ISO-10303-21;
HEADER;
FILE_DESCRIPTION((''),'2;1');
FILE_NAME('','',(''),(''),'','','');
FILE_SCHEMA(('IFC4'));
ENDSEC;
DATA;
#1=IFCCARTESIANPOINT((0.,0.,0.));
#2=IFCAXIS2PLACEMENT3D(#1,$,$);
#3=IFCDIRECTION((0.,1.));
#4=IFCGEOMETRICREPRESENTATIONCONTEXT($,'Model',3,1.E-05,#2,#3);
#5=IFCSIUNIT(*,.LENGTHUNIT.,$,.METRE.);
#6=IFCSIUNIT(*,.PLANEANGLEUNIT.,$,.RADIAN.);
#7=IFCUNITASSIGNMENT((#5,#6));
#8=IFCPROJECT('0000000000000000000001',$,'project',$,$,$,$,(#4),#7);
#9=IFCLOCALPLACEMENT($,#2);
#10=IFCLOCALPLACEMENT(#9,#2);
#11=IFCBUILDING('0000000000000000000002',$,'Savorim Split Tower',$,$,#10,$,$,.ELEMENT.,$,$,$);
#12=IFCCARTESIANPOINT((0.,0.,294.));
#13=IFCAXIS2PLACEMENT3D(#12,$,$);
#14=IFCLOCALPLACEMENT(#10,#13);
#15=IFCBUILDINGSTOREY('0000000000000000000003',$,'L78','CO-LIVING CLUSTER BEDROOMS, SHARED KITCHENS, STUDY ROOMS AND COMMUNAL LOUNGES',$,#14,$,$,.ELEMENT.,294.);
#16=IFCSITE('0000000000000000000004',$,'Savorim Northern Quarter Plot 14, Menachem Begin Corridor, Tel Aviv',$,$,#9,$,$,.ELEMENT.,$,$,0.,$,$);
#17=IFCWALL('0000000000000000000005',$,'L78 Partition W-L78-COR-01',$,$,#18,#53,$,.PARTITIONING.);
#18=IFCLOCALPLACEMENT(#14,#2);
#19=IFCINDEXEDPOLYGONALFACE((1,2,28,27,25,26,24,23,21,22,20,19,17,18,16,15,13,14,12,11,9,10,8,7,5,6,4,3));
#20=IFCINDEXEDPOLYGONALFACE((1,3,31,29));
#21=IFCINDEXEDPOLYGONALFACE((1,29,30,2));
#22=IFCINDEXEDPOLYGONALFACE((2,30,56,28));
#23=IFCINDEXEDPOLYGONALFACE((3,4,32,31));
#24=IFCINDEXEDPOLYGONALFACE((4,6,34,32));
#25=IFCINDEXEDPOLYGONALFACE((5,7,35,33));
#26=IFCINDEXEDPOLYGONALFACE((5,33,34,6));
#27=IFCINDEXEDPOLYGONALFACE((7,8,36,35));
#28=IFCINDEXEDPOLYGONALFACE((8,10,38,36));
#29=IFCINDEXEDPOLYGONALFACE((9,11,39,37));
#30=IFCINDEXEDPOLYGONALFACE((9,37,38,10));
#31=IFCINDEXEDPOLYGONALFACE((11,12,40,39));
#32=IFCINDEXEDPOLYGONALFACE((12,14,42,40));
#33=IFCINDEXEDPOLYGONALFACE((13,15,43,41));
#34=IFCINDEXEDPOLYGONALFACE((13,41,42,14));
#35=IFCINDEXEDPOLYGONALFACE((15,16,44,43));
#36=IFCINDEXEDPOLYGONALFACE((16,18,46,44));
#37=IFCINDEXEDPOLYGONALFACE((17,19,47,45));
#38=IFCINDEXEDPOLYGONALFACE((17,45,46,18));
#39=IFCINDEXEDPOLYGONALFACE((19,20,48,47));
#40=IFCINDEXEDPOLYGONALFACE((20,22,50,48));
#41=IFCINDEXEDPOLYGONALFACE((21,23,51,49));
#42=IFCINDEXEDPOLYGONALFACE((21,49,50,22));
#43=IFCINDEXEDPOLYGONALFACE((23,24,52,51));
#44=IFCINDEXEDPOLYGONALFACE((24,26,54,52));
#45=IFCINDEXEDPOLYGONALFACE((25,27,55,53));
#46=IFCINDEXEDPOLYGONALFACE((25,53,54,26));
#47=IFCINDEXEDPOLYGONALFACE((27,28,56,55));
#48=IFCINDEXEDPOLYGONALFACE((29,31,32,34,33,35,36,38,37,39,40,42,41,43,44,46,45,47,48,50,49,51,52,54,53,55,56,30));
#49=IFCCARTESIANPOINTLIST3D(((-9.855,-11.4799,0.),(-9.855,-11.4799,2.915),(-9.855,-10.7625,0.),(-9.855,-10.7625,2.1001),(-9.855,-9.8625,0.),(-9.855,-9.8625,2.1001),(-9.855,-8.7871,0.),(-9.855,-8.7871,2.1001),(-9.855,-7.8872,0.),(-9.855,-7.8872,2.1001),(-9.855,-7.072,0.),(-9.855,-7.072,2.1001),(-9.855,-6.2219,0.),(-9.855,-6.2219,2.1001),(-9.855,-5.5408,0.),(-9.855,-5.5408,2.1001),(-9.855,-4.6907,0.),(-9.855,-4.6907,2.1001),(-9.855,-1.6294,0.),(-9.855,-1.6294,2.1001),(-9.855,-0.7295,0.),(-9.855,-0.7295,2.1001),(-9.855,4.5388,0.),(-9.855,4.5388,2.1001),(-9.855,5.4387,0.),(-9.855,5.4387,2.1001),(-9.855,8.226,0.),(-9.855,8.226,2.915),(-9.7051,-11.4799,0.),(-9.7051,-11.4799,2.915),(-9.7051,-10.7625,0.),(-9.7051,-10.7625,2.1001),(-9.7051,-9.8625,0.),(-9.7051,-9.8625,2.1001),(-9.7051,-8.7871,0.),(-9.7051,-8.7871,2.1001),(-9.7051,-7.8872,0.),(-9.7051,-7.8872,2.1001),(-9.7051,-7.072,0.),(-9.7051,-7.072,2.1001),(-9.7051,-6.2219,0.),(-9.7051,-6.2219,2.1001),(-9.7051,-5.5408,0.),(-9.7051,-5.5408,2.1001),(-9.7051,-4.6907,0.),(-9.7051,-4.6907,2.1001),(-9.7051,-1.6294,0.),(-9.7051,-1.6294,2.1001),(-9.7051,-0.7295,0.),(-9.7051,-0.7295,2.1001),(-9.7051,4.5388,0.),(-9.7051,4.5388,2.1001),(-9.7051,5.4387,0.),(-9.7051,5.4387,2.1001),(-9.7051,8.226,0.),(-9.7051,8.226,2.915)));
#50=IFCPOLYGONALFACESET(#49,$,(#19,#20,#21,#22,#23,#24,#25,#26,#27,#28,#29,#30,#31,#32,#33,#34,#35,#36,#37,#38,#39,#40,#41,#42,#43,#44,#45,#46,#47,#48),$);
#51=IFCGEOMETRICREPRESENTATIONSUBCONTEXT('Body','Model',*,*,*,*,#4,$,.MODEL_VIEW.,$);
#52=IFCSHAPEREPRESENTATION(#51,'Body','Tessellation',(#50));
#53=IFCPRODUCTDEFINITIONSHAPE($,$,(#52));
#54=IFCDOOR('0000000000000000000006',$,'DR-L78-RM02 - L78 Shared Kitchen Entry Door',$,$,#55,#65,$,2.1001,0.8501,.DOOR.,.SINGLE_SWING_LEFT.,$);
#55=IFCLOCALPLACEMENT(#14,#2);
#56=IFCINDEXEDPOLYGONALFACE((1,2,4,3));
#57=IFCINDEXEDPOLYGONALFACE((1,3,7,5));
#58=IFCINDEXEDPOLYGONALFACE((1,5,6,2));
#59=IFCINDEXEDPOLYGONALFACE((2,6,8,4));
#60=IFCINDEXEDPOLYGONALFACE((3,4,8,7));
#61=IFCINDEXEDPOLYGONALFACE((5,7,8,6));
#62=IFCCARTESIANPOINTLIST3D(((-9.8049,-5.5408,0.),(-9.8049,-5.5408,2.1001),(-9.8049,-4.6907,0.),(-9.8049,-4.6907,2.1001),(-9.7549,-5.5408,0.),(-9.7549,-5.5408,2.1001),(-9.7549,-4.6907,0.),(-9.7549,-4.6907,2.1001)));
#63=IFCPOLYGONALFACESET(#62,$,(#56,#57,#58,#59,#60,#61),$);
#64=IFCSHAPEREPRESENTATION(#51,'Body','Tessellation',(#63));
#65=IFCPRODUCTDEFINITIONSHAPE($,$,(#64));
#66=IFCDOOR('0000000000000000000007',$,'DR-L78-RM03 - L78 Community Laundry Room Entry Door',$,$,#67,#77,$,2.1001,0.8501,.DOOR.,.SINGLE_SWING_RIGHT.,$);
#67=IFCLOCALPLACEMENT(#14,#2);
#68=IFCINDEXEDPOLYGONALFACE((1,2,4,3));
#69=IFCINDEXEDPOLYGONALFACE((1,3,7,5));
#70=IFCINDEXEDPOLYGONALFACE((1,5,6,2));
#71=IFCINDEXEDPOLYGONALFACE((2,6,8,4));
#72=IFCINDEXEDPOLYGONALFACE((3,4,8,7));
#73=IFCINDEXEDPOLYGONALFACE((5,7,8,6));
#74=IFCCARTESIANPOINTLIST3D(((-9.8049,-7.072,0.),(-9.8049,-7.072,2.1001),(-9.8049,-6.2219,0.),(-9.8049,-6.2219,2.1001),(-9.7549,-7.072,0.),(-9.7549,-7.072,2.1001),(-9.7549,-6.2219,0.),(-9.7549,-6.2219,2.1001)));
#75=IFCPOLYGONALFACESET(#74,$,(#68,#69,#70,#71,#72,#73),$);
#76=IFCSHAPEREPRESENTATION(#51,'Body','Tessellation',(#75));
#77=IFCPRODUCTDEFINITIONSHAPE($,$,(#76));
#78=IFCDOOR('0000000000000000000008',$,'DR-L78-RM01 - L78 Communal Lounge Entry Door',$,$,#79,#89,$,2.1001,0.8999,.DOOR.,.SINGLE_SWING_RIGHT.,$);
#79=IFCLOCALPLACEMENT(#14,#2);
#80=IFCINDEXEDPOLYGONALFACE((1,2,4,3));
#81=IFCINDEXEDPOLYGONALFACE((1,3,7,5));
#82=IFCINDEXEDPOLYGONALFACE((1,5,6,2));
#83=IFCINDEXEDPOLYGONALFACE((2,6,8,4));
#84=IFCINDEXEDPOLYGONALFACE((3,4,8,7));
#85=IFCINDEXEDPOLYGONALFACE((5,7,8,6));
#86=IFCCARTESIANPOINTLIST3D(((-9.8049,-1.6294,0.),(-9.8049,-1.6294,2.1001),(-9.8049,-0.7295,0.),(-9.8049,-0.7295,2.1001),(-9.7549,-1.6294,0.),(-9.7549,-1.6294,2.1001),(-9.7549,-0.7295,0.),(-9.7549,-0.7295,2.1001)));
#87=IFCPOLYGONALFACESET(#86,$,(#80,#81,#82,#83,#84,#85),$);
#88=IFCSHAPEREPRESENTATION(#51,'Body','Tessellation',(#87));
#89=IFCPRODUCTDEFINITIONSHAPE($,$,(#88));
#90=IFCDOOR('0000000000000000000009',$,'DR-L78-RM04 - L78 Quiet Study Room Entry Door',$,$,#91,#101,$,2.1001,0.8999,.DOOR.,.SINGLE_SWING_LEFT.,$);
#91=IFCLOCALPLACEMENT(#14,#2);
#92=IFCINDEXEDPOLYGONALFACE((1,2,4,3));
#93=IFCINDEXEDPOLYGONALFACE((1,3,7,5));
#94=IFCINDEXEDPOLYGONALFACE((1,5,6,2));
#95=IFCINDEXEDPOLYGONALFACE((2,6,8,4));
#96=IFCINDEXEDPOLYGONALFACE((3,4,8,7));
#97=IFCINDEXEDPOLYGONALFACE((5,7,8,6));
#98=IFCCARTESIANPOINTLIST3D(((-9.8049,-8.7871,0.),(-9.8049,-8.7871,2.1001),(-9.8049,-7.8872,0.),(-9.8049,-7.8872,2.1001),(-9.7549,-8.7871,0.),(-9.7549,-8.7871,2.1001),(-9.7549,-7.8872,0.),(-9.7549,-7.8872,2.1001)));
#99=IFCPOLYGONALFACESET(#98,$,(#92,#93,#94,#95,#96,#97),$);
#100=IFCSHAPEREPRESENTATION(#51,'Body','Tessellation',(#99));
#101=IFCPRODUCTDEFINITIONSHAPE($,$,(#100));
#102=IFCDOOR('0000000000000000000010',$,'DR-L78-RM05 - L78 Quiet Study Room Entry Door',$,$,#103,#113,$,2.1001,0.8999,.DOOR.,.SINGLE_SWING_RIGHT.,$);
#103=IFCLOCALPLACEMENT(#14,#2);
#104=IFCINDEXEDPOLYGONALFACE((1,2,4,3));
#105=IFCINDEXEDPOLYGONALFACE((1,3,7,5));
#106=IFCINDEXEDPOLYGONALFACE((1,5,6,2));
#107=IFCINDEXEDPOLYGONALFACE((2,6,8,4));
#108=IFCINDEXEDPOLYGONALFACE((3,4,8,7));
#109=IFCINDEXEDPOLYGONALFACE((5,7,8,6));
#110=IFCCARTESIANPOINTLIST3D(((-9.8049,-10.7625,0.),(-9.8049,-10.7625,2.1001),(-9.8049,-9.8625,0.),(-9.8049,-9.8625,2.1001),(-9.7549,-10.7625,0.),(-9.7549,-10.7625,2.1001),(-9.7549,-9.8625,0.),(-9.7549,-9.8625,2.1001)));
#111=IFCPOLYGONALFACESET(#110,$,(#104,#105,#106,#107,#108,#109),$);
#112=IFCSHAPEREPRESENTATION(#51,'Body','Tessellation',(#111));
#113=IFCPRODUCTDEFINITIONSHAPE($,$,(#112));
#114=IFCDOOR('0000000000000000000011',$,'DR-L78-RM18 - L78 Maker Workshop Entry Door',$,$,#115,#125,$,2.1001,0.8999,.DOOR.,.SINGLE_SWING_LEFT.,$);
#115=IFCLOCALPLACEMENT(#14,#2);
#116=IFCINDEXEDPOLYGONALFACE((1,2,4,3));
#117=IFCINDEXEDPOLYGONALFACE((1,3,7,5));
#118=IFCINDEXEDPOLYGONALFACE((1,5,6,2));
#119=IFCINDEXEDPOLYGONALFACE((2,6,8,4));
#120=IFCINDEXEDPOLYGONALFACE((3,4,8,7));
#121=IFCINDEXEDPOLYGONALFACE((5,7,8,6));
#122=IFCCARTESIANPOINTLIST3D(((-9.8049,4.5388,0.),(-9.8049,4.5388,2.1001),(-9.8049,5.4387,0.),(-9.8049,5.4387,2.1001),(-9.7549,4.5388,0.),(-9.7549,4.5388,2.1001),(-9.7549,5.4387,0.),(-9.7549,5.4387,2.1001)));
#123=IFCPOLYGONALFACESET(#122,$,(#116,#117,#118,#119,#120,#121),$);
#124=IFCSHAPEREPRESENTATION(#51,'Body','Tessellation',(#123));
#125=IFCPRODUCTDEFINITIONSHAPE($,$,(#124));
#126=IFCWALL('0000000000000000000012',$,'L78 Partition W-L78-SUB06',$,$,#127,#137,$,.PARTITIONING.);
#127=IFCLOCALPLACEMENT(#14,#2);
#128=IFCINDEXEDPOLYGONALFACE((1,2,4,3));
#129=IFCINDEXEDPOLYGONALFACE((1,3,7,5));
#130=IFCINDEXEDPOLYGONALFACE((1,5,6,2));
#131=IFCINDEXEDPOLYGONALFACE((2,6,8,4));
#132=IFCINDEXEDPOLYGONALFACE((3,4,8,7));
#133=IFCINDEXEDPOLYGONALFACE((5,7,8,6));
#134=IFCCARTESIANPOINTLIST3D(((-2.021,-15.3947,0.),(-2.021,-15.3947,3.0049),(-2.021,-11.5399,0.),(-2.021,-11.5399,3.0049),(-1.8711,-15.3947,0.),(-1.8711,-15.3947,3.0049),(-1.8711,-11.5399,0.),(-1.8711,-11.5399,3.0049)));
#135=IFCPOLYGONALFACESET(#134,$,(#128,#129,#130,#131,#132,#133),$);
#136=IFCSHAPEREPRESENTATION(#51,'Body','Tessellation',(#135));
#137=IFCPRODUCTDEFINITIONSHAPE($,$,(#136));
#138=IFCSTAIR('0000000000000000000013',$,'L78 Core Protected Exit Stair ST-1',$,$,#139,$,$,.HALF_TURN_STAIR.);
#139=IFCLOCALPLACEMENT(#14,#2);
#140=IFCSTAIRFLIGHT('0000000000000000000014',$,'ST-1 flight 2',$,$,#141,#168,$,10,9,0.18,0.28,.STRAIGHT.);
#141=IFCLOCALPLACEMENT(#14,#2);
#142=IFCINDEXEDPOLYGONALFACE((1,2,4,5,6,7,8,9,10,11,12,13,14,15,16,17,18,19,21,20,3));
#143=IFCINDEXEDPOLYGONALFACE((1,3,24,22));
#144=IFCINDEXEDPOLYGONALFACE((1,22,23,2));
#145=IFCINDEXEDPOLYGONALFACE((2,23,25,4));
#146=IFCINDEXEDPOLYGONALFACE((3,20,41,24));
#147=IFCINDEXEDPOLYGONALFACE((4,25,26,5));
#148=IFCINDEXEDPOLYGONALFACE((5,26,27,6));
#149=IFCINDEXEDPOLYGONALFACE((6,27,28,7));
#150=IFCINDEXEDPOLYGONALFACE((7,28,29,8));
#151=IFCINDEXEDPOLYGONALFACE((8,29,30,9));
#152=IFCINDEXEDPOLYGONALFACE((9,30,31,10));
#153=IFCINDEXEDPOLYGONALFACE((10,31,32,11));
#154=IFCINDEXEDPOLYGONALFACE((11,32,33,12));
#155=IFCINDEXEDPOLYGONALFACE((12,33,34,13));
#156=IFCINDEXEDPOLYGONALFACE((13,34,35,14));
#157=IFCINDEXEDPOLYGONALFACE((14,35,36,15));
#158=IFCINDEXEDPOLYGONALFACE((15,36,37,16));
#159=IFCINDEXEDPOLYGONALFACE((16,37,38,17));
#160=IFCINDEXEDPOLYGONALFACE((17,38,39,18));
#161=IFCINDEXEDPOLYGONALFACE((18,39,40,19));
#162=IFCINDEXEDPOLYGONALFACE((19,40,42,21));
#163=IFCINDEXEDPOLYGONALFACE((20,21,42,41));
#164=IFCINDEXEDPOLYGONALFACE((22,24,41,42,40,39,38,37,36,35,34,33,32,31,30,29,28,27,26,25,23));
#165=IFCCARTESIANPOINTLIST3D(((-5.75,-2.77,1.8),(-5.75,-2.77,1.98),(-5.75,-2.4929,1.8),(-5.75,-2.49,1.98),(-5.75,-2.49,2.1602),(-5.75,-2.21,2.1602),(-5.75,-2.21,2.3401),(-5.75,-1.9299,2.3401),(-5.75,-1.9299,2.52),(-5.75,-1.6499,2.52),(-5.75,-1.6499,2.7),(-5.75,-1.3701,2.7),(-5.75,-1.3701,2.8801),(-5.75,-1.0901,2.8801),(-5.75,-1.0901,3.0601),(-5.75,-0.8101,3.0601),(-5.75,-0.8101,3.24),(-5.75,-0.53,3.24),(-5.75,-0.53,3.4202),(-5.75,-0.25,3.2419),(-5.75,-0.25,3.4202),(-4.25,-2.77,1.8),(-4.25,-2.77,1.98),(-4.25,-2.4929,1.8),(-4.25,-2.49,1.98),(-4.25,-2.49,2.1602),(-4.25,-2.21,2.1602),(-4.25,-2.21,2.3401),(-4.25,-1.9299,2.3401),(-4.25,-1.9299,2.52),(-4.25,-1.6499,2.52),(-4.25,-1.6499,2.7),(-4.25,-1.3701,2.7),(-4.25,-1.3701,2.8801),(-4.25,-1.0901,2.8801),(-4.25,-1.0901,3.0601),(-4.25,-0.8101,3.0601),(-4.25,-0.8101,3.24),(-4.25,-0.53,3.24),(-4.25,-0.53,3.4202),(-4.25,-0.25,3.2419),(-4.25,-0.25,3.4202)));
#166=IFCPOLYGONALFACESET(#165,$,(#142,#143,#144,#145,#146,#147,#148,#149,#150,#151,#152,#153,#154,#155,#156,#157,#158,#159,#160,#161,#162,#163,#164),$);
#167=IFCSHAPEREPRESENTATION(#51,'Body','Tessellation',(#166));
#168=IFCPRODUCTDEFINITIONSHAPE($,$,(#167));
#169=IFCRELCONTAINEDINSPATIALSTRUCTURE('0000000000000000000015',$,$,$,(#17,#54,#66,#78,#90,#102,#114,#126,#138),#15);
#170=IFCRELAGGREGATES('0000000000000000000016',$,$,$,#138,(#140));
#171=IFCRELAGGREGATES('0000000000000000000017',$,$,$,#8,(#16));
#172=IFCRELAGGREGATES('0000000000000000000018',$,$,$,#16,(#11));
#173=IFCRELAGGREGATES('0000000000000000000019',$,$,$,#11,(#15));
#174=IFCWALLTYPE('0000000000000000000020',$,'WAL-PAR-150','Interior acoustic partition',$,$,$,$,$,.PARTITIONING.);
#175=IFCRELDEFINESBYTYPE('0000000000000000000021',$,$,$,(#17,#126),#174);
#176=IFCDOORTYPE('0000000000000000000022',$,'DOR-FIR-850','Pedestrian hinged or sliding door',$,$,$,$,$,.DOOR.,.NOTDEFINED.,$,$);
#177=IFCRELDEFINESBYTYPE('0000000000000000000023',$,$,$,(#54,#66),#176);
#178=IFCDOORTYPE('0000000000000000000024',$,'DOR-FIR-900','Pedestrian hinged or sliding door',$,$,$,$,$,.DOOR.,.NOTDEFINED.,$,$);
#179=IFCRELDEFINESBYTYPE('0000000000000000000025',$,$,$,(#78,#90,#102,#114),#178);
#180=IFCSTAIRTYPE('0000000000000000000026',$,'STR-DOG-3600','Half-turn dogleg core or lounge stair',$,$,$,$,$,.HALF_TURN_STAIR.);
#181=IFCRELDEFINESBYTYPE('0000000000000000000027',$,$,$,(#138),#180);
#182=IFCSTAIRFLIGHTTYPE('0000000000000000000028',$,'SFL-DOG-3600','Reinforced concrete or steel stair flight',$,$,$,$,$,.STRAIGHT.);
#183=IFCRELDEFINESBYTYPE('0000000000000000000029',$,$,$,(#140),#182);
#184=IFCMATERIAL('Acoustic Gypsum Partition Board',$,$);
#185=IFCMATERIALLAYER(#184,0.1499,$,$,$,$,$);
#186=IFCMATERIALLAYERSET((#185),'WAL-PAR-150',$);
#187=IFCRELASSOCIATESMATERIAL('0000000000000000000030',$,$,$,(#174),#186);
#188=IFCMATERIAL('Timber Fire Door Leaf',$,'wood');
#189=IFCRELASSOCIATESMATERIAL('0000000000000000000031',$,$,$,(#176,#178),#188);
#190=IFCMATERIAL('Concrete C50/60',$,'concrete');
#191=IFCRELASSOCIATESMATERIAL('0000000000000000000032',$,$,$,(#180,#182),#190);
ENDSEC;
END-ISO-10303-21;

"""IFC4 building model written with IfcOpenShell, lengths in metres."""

from ifc_helpers import new_model, si_unit, direction, frame, frame_2d, origin, place, context, subcontext, project, spatial, polyline, rectangle, outline, extrude, material, layer, layer_set, type_object, element, fill, aggregate, save


model = new_model("IFC4")

# Units and contexts
model_context = context("Model", 3, precision=1e-05, world=origin(), true_north=direction((0.0, 1.0)))
body_context = subcontext(model_context, "Body", "Model", "MODEL_VIEW")
ifc_project = project(units=[si_unit("LENGTHUNIT", "METRE"), si_unit("PLANEANGLEUNIT", "RADIAN")], contexts=[model_context])

# Site, building, storey
site_placement = place(None, origin())
site = spatial("IfcSite", under=ifc_project, at=site_placement, Name="Savorim Northern Quarter Plot 14, Menachem Begin Corridor, Tel Aviv", CompositionType="ELEMENT", RefElevation=0.0)
building_placement = place(site_placement, origin())
building = spatial("IfcBuilding", under=site, at=building_placement, Name="Savorim Split Tower", CompositionType="ELEMENT")
storey_placement = place(building_placement, frame((0.0, 0.0, 294.0)))
storey = spatial("IfcBuildingStorey", under=building, at=storey_placement, Name="L78", Description="CO-LIVING CLUSTER BEDROOMS, SHARED KITCHENS, STUDY ROOMS AND COMMUNAL LOUNGES", CompositionType="ELEMENT", Elevation=294.0)

# Shared definitions
ifc_material_1 = material(Name="Timber Fire Door Leaf", Category="wood")

# Shared definitions
ifc_material_2 = material(Name="Concrete C50/60", Category="concrete")

# Shared definitions
ifc_material_3 = material(Name="Acoustic Gypsum Partition Board")
ifc_layer_1 = layer(ifc_material_3, 0.1499)
ifc_layer_set_1 = layer_set([ifc_layer_1], Name="WAL-PAR-150")
wall_type_1 = type_object("IfcWallType", Name="WAL-PAR-150", Description="Interior acoustic partition", PredefinedType="PARTITIONING", material=ifc_layer_set_1)

# Wall, openings, doors
wall_1_placement = place(storey_placement, frame((-9.78, -11.48, 0.0), z_axis=(0.0, 0.0, 1.0), x_axis=(0.0, 1.0, 0.0)))
wall_1 = element("IfcWall", 1, at=wall_1_placement, inside=storey, type_object=wall_type_1, Name="L78 Partition W-L78-COR-01", PredefinedType="PARTITIONING", context=body_context, shape_type="SweptSolid", body=[
    extrude(rectangle(XDim=19.7058, YDim=0.1499, at=frame_2d((9.853, 0.0))), origin(), (0.0, 0.0, 1.0), 2.915),
])
opening_1_placement = place(wall_1_placement, frame((9.8506, 0.0, 0.0)))
opening_1 = element("IfcOpeningElement", 2, at=opening_1_placement, cuts=wall_1, PredefinedType="OPENING", context=body_context, shape_type="SweptSolid", body=[
    extrude(rectangle(XDim=0.8999, YDim=2.1001, at=frame_2d((0.45, 1.05))), frame((0.0, 0.085, 0.0), z_axis=(0.0, -1.0, 0.0), x_axis=(1.0, 0.0, 0.0)), (0.0, 0.0, 1.0), 0.1699),
])
opening_2_placement = place(wall_1_placement, frame((5.9392, 0.0, 0.0)))
opening_2 = element("IfcOpeningElement", 3, at=opening_2_placement, cuts=wall_1, PredefinedType="OPENING", context=body_context, shape_type="SweptSolid", body=[
    extrude(rectangle(XDim=0.8501, YDim=2.1001, at=frame_2d((0.425, 1.05))), frame((0.0, 0.085, 0.0), z_axis=(0.0, -1.0, 0.0), x_axis=(1.0, 0.0, 0.0)), (0.0, 0.0, 1.0), 0.1699),
])
opening_3_placement = place(wall_1_placement, frame((4.408, 0.0, 0.0)))
opening_3 = element("IfcOpeningElement", 4, at=opening_3_placement, cuts=wall_1, PredefinedType="OPENING", context=body_context, shape_type="SweptSolid", body=[
    extrude(rectangle(XDim=0.8501, YDim=2.1001, at=frame_2d((0.425, 1.05))), frame((0.0, 0.085, 0.0), z_axis=(0.0, -1.0, 0.0), x_axis=(1.0, 0.0, 0.0)), (0.0, 0.0, 1.0), 0.1699),
])
opening_4_placement = place(wall_1_placement, frame((2.6929, 0.0, 0.0)))
opening_4 = element("IfcOpeningElement", 5, at=opening_4_placement, cuts=wall_1, PredefinedType="OPENING", context=body_context, shape_type="SweptSolid", body=[
    extrude(rectangle(XDim=0.8999, YDim=2.1001, at=frame_2d((0.45, 1.05))), frame((0.0, 0.085, 0.0), z_axis=(0.0, -1.0, 0.0), x_axis=(1.0, 0.0, 0.0)), (0.0, 0.0, 1.0), 0.1699),
])
opening_5_placement = place(wall_1_placement, frame((0.7175, 0.0, 0.0)))
opening_5 = element("IfcOpeningElement", 6, at=opening_5_placement, cuts=wall_1, PredefinedType="OPENING", context=body_context, shape_type="SweptSolid", body=[
    extrude(rectangle(XDim=0.8999, YDim=2.1001, at=frame_2d((0.45, 1.05))), frame((0.0, 0.085, 0.0), z_axis=(0.0, -1.0, 0.0), x_axis=(1.0, 0.0, 0.0)), (0.0, 0.0, 1.0), 0.1699),
])
opening_6_placement = place(wall_1_placement, frame((16.0188, 0.0, 0.0)))
opening_6 = element("IfcOpeningElement", 7, at=opening_6_placement, cuts=wall_1, PredefinedType="OPENING", context=body_context, shape_type="SweptSolid", body=[
    extrude(rectangle(XDim=0.8999, YDim=2.1001, at=frame_2d((0.45, 1.05))), frame((0.0, 0.085, 0.0), z_axis=(0.0, -1.0, 0.0), x_axis=(1.0, 0.0, 0.0)), (0.0, 0.0, 1.0), 0.1699),
])
door_type_1 = type_object("IfcDoorType", Name="DOR-FIR-850", Description="Pedestrian hinged or sliding door", OperationType="NOTDEFINED", PredefinedType="DOOR", material=ifc_material_1)
door_1_placement = place(opening_2_placement, origin())
door_1 = element("IfcDoor", 8, at=door_1_placement, inside=storey, type_object=door_type_1, Name="DR-L78-RM02 - L78 Shared Kitchen Entry Door", OperationType="SINGLE_SWING_LEFT", OverallHeight=2.1001, OverallWidth=0.8501, PredefinedType="DOOR", context=body_context, shape_type="SweptSolid", body=[
    extrude(rectangle(XDim=0.8501, YDim=2.1001, at=frame_2d((0.425, 1.05))), frame((0.0, 0.0249, 0.0), z_axis=(0.0, -1.0, 0.0), x_axis=(1.0, 0.0, 0.0)), (0.0, 0.0, 1.0), 0.05),
])
fill(opening_2, door_1)
door_2_placement = place(opening_3_placement, origin())
door_2 = element("IfcDoor", 9, at=door_2_placement, inside=storey, type_object=door_type_1, Name="DR-L78-RM03 - L78 Community Laundry Room Entry Door", OperationType="SINGLE_SWING_RIGHT", OverallHeight=2.1001, OverallWidth=0.8501, PredefinedType="DOOR", context=body_context, shape_type="SweptSolid", body=[
    extrude(rectangle(XDim=0.8501, YDim=2.1001, at=frame_2d((0.425, 1.05))), frame((0.0, 0.0249, 0.0), z_axis=(0.0, -1.0, 0.0), x_axis=(1.0, 0.0, 0.0)), (0.0, 0.0, 1.0), 0.05),
])
fill(opening_3, door_2)
door_type_2 = type_object("IfcDoorType", Name="DOR-FIR-900", Description="Pedestrian hinged or sliding door", OperationType="NOTDEFINED", PredefinedType="DOOR", material=ifc_material_1)
door_3_placement = place(opening_1_placement, origin())
door_3 = element("IfcDoor", 10, at=door_3_placement, inside=storey, type_object=door_type_2, Name="DR-L78-RM01 - L78 Communal Lounge Entry Door", OperationType="SINGLE_SWING_RIGHT", OverallHeight=2.1001, OverallWidth=0.8999, PredefinedType="DOOR", context=body_context, shape_type="SweptSolid", body=[
    extrude(rectangle(XDim=0.8999, YDim=2.1001, at=frame_2d((0.45, 1.05))), frame((0.0, 0.0249, 0.0), z_axis=(0.0, -1.0, 0.0), x_axis=(1.0, 0.0, 0.0)), (0.0, 0.0, 1.0), 0.05),
])
fill(opening_1, door_3)
door_4_placement = place(opening_4_placement, origin())
door_4 = element("IfcDoor", 11, at=door_4_placement, inside=storey, type_object=door_type_2, Name="DR-L78-RM04 - L78 Quiet Study Room Entry Door", OperationType="SINGLE_SWING_LEFT", OverallHeight=2.1001, OverallWidth=0.8999, PredefinedType="DOOR", context=body_context, shape_type="SweptSolid", body=[
    extrude(rectangle(XDim=0.8999, YDim=2.1001, at=frame_2d((0.45, 1.05))), frame((0.0, 0.0249, 0.0), z_axis=(0.0, -1.0, 0.0), x_axis=(1.0, 0.0, 0.0)), (0.0, 0.0, 1.0), 0.05),
])
fill(opening_4, door_4)
door_5_placement = place(opening_5_placement, origin())
door_5 = element("IfcDoor", 12, at=door_5_placement, inside=storey, type_object=door_type_2, Name="DR-L78-RM05 - L78 Quiet Study Room Entry Door", OperationType="SINGLE_SWING_RIGHT", OverallHeight=2.1001, OverallWidth=0.8999, PredefinedType="DOOR", context=body_context, shape_type="SweptSolid", body=[
    extrude(rectangle(XDim=0.8999, YDim=2.1001, at=frame_2d((0.45, 1.05))), frame((0.0, 0.0249, 0.0), z_axis=(0.0, -1.0, 0.0), x_axis=(1.0, 0.0, 0.0)), (0.0, 0.0, 1.0), 0.05),
])
fill(opening_5, door_5)
door_6_placement = place(opening_6_placement, origin())
door_6 = element("IfcDoor", 13, at=door_6_placement, inside=storey, type_object=door_type_2, Name="DR-L78-RM18 - L78 Maker Workshop Entry Door", OperationType="SINGLE_SWING_LEFT", OverallHeight=2.1001, OverallWidth=0.8999, PredefinedType="DOOR", context=body_context, shape_type="SweptSolid", body=[
    extrude(rectangle(XDim=0.8999, YDim=2.1001, at=frame_2d((0.45, 1.05))), frame((0.0, 0.0249, 0.0), z_axis=(0.0, -1.0, 0.0), x_axis=(1.0, 0.0, 0.0)), (0.0, 0.0, 1.0), 0.05),
])
fill(opening_6, door_6)

# Wall
wall_2_placement = place(storey_placement, frame((-1.946, -11.54, 0.0), z_axis=(0.0, 0.0, 1.0), x_axis=(0.0, -1.0, 0.0)))
element("IfcWall", 14, at=wall_2_placement, inside=storey, type_object=wall_type_1, Name="L78 Partition W-L78-SUB06", PredefinedType="PARTITIONING", context=body_context, shape_type="SweptSolid", body=[
    extrude(rectangle(XDim=3.8547, YDim=0.1499, at=frame_2d((1.9272, 0.0))), origin(), (0.0, 0.0, 1.0), 3.0049),
])

# Stair, stair flight
stair_type = type_object("IfcStairType", Name="STR-DOG-3600", Description="Half-turn dogleg core or lounge stair", PredefinedType="HALF_TURN_STAIR", material=ifc_material_2)
stair_placement = place(storey_placement, origin())
stair = element("IfcStair", 15, at=stair_placement, inside=storey, type_object=stair_type, Name="L78 Core Protected Exit Stair ST-1", PredefinedType="HALF_TURN_STAIR")
stair_flight_type = type_object("IfcStairFlightType", Name="SFL-DOG-3600", Description="Reinforced concrete or steel stair flight", PredefinedType="STRAIGHT", material=ifc_material_2)
stair_flight_placement = place(storey_placement, frame((-5.0, -2.77, 1.8), z_axis=(0.0, 0.0, 1.0), x_axis=(0.0, 1.0, 0.0)))
stair_flight = element("IfcStairFlight", 16, at=stair_flight_placement, type_object=stair_flight_type, Name="ST-1 flight 2", NumberOfRisers=10, NumberOfTreads=9, PredefinedType="STRAIGHT", RiserHeight=0.18, TreadLength=0.28, context=body_context, shape_type="SweptSolid", body=[
    extrude(outline(polyline([(0.0, 0.0), (0.0, 0.1799), (0.28, 0.1799), (0.28, 0.3601), (0.5601, 0.3601), (0.5601, 0.54), (0.8401, 0.54), (0.8401, 0.72), (1.1201, 0.72), (1.1201, 0.8999), (1.3999, 0.8999), (1.3999, 1.0801), (1.6799, 1.0801), (1.6799, 1.26), (1.96, 1.26), (1.96, 1.4399), (2.24, 1.4399), (2.24, 1.6201), (2.52, 1.6201), (2.52, 1.8), (2.52, 1.4419), (0.2771, 0.0), (0.0, 0.0)])), frame((0.0, 0.75, 0.0), z_axis=(0.0, -1.0, 0.0), x_axis=(1.0, 0.0, 0.0)), (0.0, 0.0, 1.0), 1.5),
])
aggregate(stair, [stair_flight])

save(model, "model.ifc")
